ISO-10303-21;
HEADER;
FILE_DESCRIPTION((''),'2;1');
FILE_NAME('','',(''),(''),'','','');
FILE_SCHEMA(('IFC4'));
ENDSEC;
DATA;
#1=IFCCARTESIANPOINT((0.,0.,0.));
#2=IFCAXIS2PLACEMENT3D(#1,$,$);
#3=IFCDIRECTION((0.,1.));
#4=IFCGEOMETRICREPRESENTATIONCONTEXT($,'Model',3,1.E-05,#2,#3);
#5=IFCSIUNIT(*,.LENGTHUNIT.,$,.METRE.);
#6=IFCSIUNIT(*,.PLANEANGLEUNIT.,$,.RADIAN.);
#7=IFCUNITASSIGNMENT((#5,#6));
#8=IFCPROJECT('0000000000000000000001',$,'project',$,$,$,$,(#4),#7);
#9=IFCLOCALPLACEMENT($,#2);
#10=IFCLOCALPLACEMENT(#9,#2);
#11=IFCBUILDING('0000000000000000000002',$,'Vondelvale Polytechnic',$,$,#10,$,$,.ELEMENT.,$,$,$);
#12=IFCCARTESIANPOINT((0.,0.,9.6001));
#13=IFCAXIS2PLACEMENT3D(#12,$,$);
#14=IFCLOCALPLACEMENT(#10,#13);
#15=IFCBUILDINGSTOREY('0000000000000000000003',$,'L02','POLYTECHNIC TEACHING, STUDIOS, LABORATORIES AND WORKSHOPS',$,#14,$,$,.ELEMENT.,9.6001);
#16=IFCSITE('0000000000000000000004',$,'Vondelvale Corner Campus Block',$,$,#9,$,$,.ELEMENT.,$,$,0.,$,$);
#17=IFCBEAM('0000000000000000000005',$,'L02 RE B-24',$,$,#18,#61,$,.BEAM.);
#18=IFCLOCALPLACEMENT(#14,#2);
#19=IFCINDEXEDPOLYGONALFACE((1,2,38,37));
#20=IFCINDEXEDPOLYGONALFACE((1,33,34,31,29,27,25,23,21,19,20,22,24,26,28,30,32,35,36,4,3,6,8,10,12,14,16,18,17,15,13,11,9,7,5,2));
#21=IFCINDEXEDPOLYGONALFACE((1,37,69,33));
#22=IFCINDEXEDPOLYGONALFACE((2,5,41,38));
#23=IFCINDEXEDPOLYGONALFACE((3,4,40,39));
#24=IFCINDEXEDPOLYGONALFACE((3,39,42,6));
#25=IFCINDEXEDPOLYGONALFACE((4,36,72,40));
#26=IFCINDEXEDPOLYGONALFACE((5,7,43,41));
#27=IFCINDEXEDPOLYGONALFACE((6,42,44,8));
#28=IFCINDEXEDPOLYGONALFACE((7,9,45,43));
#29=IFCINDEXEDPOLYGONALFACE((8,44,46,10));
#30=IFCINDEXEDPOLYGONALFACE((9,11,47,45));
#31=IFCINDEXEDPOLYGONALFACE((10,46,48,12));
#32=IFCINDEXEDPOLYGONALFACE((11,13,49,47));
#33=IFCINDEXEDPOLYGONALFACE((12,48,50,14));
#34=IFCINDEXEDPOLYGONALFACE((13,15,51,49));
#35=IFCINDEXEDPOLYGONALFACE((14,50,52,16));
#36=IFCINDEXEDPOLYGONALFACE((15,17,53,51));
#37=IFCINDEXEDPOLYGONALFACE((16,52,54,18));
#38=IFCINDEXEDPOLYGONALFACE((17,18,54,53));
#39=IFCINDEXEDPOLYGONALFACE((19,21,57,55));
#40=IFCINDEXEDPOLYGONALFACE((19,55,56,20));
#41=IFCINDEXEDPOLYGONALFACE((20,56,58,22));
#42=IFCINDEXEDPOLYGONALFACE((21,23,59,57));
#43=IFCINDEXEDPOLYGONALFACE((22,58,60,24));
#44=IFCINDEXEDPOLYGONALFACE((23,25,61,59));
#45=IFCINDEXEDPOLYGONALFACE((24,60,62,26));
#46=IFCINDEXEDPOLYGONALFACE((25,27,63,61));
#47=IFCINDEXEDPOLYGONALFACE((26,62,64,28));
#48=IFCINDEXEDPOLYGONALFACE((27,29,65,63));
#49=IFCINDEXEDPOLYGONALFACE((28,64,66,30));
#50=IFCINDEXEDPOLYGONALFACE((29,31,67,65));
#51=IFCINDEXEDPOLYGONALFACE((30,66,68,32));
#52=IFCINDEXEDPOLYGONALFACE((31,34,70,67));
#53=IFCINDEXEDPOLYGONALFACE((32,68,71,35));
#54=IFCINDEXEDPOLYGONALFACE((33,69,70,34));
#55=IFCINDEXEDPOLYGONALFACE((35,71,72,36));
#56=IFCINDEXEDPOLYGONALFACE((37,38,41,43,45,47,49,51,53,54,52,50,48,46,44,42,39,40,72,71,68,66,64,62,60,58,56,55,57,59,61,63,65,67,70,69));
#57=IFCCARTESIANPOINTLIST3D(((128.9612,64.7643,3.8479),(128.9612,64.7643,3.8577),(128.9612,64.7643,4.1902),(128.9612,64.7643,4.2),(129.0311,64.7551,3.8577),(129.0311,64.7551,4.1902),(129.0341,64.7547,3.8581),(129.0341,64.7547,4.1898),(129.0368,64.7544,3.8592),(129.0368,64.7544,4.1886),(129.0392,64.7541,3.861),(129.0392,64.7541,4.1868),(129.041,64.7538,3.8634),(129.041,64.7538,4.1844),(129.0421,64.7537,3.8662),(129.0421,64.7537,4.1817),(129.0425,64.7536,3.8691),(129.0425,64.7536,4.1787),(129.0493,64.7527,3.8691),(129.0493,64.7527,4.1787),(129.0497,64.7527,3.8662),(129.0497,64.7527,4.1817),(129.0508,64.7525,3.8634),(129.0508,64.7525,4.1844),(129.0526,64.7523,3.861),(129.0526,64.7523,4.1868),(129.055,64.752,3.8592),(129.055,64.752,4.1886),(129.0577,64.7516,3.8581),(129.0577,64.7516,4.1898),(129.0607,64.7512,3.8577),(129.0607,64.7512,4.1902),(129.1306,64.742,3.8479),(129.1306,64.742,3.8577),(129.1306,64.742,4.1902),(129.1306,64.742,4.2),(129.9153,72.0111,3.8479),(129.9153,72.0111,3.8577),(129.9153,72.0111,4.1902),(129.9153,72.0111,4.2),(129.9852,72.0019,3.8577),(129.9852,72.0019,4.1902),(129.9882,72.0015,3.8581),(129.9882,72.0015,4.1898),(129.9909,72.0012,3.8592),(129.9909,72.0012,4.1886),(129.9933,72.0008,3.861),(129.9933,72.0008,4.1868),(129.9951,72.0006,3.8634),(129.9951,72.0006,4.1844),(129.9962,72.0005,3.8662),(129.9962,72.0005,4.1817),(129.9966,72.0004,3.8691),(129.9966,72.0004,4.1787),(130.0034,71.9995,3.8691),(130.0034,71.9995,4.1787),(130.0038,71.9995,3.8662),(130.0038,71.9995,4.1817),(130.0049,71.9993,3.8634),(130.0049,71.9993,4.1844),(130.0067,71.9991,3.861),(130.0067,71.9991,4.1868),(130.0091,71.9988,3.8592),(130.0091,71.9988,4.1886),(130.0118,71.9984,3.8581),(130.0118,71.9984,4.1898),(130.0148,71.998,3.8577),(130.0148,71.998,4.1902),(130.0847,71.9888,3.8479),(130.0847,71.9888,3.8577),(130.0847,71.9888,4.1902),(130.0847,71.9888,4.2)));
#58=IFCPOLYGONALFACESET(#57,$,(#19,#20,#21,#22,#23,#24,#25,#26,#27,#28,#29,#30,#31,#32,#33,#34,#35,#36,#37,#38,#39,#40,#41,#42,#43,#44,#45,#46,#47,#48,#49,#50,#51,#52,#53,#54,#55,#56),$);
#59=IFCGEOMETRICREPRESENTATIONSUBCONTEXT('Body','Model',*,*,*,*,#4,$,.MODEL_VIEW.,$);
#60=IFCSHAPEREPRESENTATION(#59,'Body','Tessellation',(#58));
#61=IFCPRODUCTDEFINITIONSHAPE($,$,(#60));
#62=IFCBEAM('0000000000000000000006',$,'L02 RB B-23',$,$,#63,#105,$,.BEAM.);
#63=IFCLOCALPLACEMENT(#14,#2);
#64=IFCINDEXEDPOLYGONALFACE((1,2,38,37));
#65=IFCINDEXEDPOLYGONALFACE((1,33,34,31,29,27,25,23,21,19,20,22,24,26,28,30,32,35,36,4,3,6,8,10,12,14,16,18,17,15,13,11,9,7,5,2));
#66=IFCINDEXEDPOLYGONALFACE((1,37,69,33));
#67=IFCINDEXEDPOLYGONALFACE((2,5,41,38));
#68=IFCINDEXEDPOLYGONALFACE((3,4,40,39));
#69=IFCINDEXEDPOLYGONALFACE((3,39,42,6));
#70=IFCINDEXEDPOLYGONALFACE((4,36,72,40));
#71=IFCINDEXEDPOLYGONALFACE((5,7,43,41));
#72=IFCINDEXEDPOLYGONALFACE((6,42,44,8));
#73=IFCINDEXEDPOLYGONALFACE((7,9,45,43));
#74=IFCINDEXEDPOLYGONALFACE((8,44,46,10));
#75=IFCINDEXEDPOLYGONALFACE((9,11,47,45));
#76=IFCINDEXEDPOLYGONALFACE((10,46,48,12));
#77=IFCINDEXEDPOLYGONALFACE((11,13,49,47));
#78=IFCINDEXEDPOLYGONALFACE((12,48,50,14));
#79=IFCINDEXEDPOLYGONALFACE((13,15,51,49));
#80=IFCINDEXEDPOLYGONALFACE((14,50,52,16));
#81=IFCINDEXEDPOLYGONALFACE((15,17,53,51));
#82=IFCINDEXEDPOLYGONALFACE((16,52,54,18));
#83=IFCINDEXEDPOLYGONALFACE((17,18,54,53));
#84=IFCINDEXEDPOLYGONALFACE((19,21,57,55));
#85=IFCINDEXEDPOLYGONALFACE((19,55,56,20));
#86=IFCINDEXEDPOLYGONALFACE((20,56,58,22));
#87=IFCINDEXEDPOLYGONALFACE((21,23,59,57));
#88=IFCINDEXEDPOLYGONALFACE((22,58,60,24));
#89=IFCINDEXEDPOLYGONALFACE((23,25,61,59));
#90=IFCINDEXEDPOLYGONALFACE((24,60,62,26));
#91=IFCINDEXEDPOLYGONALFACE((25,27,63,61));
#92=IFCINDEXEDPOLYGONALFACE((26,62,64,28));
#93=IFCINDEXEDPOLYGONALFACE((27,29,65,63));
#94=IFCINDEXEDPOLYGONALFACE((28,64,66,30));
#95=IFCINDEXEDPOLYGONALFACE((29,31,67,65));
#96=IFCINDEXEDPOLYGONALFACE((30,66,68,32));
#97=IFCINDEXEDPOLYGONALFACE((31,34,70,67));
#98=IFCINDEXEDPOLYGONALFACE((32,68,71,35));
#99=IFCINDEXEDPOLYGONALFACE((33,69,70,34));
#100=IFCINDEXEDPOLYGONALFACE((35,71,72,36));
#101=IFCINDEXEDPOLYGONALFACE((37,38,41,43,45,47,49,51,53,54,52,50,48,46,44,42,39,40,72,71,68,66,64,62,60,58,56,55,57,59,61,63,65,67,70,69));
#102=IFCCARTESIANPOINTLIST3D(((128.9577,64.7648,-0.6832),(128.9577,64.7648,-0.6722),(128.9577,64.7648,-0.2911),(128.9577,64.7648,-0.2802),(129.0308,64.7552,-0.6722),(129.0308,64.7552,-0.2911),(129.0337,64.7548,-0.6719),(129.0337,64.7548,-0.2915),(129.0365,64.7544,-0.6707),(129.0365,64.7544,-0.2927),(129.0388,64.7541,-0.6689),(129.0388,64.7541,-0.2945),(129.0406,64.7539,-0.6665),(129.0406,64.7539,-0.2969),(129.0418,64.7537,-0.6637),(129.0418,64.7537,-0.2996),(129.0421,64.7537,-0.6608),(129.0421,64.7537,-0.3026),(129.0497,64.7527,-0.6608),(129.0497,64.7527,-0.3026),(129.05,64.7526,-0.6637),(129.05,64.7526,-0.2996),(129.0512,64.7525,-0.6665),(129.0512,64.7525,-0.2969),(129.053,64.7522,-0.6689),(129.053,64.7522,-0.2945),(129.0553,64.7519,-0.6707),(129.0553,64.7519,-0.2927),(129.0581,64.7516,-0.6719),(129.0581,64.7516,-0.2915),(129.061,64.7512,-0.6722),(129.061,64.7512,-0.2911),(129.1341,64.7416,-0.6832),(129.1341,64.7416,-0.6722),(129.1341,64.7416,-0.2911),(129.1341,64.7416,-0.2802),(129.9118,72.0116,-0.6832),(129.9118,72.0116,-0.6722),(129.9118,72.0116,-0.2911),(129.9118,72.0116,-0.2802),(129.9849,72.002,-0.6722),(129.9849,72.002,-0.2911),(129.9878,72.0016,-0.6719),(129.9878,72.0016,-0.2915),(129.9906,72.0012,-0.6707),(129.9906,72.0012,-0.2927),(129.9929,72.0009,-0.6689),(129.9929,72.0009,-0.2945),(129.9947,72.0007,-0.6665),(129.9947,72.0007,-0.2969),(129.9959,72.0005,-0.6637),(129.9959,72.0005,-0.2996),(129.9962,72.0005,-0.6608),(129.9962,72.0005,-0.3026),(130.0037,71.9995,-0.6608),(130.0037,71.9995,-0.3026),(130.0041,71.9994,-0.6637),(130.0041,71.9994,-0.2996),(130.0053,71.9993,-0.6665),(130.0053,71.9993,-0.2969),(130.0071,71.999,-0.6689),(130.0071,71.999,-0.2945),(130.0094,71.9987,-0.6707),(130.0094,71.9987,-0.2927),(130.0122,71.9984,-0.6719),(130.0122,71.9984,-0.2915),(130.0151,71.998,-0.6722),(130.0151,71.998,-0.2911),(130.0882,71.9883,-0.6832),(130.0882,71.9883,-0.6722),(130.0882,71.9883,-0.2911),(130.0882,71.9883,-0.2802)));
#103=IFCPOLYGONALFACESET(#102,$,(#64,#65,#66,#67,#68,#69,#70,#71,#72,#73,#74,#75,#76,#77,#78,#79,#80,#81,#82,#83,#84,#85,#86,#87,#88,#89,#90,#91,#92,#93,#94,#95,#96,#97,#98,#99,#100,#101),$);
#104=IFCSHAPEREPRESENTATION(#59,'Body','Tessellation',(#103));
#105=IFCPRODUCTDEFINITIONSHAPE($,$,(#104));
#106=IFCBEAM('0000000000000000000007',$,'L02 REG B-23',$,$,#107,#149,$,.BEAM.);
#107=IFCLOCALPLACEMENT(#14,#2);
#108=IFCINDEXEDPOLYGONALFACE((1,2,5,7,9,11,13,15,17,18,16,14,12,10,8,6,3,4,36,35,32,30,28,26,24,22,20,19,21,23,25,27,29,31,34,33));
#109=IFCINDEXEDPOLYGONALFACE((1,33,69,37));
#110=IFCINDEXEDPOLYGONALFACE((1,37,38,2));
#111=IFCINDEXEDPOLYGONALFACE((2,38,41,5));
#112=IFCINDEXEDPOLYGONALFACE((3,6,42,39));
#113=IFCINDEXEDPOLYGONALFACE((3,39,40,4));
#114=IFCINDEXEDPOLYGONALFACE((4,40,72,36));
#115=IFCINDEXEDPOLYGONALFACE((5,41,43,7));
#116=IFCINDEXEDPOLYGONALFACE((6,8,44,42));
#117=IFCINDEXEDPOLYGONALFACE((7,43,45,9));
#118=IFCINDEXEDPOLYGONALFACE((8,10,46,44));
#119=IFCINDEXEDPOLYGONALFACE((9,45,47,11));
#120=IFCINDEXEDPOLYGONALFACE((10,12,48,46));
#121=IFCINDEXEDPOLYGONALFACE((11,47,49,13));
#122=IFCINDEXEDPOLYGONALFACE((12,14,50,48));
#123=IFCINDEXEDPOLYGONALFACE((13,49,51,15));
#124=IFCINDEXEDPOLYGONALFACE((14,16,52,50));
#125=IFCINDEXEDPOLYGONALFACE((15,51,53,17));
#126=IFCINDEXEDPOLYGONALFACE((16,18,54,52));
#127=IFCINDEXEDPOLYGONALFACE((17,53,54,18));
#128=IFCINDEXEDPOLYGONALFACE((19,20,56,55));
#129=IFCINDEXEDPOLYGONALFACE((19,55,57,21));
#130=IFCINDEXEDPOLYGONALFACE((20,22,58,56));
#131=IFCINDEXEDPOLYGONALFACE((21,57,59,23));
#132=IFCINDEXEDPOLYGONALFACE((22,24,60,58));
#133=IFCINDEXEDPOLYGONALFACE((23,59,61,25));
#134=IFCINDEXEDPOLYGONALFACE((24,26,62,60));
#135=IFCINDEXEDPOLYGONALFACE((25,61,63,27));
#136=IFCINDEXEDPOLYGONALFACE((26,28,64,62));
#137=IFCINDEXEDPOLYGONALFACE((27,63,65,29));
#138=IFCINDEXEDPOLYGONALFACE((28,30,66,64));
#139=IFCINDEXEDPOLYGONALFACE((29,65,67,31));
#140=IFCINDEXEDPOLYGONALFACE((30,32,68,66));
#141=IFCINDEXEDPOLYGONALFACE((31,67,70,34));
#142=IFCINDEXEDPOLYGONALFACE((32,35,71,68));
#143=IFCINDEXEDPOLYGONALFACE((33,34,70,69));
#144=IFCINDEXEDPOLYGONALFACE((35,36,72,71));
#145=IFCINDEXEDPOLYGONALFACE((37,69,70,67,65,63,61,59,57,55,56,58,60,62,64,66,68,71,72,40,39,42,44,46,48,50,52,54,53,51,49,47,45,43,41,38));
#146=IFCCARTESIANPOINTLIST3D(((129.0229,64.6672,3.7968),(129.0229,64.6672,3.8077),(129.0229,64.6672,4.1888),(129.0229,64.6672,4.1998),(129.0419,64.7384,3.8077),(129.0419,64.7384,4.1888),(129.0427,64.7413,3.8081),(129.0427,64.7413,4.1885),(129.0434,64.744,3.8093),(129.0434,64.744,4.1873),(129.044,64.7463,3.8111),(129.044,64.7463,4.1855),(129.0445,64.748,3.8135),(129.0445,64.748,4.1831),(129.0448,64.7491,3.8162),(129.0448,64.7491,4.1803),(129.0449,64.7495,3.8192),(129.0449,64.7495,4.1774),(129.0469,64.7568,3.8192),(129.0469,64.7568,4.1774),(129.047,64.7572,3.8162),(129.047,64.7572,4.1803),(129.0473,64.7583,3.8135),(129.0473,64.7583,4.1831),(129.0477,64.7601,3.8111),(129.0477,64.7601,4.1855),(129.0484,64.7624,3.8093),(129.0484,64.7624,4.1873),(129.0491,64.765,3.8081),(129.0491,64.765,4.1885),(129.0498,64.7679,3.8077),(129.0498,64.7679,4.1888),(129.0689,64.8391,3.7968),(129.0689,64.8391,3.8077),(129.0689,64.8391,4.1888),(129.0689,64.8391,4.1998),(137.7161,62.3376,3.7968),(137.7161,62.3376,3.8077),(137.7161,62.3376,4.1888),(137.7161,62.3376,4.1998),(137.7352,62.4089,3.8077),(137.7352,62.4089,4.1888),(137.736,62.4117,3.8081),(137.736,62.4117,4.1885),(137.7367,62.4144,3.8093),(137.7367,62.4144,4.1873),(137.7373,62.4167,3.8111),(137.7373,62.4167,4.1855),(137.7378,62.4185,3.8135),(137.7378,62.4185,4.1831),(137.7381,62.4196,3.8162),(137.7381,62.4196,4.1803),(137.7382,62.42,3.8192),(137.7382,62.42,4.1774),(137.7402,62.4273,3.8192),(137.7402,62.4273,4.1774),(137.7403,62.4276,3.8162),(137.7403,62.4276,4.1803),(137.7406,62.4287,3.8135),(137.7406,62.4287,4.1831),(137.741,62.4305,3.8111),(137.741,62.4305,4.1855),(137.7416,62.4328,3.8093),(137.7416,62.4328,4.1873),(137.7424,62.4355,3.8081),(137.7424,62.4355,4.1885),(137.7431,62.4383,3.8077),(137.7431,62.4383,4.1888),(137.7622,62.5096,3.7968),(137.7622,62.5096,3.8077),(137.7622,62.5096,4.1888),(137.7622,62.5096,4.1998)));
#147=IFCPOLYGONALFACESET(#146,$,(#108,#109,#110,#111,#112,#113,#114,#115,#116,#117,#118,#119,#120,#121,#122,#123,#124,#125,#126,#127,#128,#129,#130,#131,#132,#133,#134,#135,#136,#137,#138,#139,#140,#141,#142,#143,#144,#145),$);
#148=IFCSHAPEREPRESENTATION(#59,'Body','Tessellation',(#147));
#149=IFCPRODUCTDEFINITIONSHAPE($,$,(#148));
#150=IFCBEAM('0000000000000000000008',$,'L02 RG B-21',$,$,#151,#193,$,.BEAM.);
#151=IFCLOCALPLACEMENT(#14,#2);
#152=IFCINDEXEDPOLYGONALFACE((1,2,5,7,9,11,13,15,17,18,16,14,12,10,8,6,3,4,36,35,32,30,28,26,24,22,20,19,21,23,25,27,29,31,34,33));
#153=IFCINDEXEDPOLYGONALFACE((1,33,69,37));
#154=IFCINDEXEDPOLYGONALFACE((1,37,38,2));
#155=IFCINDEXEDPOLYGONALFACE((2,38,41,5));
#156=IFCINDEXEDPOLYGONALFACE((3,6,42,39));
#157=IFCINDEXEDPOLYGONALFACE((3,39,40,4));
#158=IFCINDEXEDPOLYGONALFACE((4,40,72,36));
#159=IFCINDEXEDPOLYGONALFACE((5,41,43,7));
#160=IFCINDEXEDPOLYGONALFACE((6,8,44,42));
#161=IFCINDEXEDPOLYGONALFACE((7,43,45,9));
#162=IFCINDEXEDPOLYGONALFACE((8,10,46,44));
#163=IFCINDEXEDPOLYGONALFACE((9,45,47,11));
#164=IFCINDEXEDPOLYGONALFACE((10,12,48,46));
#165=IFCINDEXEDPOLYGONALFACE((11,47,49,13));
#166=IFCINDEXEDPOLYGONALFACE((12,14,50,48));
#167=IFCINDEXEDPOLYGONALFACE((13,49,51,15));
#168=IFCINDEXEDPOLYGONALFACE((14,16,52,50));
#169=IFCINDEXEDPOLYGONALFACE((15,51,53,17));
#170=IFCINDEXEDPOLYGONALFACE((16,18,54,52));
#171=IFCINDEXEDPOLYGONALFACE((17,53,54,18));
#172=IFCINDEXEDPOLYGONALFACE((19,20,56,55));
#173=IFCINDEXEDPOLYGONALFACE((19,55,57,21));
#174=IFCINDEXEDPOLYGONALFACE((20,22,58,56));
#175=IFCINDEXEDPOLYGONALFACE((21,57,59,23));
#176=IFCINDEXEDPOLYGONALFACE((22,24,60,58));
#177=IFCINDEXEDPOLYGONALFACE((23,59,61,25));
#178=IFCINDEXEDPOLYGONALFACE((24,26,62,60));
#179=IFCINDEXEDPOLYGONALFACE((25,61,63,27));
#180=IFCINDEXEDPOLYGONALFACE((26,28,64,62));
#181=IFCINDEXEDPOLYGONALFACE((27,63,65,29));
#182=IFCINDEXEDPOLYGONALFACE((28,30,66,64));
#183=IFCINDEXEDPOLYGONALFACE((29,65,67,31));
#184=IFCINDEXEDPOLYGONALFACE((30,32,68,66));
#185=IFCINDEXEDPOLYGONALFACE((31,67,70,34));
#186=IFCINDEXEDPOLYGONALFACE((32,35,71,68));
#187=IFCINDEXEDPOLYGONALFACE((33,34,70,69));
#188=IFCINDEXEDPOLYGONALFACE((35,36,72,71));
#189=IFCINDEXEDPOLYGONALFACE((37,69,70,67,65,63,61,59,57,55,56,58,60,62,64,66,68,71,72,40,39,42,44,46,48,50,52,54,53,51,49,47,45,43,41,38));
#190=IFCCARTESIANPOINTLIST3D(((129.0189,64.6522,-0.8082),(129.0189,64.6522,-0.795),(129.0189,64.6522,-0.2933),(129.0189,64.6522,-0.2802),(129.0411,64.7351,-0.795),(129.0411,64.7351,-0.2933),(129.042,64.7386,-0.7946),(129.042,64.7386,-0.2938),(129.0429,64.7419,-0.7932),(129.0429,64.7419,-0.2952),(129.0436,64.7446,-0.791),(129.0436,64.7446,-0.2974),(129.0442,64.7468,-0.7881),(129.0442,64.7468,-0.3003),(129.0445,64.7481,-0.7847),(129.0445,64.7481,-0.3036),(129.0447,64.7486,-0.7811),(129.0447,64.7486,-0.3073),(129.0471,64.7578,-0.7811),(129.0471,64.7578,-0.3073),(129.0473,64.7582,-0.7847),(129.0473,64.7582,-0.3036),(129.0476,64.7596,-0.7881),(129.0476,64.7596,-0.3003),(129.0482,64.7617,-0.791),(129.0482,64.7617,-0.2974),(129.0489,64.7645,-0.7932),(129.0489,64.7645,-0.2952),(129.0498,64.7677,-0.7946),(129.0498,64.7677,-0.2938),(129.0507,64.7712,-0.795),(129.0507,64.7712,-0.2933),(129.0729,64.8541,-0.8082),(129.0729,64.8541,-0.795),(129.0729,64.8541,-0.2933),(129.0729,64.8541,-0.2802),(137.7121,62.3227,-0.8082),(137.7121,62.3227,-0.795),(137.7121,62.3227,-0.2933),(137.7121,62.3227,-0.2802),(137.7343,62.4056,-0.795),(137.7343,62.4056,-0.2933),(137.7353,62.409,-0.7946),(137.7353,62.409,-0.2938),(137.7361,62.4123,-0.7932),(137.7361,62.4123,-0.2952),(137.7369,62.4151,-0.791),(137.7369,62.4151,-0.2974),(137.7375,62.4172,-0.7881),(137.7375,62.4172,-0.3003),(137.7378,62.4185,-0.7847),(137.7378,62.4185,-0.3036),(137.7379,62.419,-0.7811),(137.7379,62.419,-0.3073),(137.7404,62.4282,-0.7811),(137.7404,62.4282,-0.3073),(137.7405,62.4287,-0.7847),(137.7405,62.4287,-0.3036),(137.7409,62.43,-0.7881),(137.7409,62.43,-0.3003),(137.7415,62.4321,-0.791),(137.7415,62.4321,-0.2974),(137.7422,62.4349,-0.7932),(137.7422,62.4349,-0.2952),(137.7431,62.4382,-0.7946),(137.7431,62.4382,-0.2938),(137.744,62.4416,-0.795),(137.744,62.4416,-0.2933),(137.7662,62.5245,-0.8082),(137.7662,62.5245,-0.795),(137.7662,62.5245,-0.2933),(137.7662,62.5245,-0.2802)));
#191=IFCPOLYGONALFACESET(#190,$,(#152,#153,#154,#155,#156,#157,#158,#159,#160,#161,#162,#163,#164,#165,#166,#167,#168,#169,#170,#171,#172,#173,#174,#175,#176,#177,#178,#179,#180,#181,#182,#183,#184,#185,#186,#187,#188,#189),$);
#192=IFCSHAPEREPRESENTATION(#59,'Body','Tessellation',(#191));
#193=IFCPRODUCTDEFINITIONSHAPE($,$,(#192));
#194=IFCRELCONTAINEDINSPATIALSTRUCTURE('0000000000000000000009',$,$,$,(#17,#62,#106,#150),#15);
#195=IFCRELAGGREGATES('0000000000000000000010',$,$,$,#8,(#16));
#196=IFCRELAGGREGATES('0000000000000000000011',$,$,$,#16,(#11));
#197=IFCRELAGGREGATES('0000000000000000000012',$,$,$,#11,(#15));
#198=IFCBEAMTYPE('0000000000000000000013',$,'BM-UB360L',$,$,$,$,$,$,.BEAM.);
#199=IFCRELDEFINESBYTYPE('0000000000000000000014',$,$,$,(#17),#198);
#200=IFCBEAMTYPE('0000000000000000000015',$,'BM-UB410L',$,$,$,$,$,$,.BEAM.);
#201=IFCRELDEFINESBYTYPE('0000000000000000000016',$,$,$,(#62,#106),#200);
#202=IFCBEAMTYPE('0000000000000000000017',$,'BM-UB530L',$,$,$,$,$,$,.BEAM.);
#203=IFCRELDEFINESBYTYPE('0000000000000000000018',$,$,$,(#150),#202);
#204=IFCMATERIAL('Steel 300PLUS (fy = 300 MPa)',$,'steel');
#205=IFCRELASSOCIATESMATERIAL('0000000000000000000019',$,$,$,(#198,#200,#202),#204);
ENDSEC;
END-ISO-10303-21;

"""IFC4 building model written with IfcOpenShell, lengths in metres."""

from ifc_helpers import new_model, si_unit, direction, frame, origin, origin_2d, place, context, subcontext, project, spatial, i_section, extrude, material, material_profile, profile_set, type_object, element, save


model = new_model("IFC4")

# Units and contexts
model_context = context("Model", 3, precision=1e-05, world=origin(), true_north=direction((0.0, 1.0)))
body_context = subcontext(model_context, "Body", "Model", "MODEL_VIEW")
ifc_project = project(units=[si_unit("LENGTHUNIT", "METRE"), si_unit("PLANEANGLEUNIT", "RADIAN")], contexts=[model_context])

# Site, building, storey
site_placement = place(None, origin())
site = spatial("IfcSite", under=ifc_project, at=site_placement, Name="Vondelvale Corner Campus Block", CompositionType="ELEMENT", RefElevation=0.0)
building_placement = place(site_placement, origin())
building = spatial("IfcBuilding", under=site, at=building_placement, Name="Vondelvale Polytechnic", CompositionType="ELEMENT")
storey_placement = place(building_placement, frame((0.0, 0.0, 9.6001)))
storey = spatial("IfcBuildingStorey", under=building, at=storey_placement, Name="L02", Description="POLYTECHNIC TEACHING, STUDIOS, LABORATORIES AND WORKSHOPS", CompositionType="ELEMENT", Elevation=9.6001)

# Beams
ifc_material_1 = material(Name="Steel 300PLUS (fy = 300 MPa)", Category="steel")
ifc_material_profile_1 = material_profile(ifc_material_1, i_section(OverallWidth=0.1709, OverallDepth=0.3521, WebThickness=0.0068, FlangeThickness=0.0098, FilletRadius=0.0115, at=origin_2d()), Name="360UB44.7")
ifc_profile_set_1 = profile_set([ifc_material_profile_1], Name="Steel 300PLUS (fy = 300 MPa)")
beam_type_1 = type_object("IfcBeamType", Name="BM-UB360L", PredefinedType="BEAM", material=ifc_profile_set_1)
beam_1_placement = place(storey_placement, frame((129.0459, 64.7532, 4.0239), z_axis=(0.130531, 0.991444, 0.0), x_axis=(-0.991444, 0.130531, 0.0)))
element("IfcBeam", 1, at=beam_1_placement, inside=storey, type_object=beam_type_1, Name="L02 RE B-24", PredefinedType="BEAM", context=body_context, shape_type="SweptSolid", body=[
    extrude(i_section(OverallWidth=0.1709, OverallDepth=0.3521, WebThickness=0.0068, FlangeThickness=0.0098, FilletRadius=0.0115, at=origin_2d()), origin(), (0.0, 0.0, 1.0), 7.3093),
])
ifc_material_profile_2 = material_profile(ifc_material_1, i_section(OverallWidth=0.178, OverallDepth=0.4031, WebThickness=0.0076, FlangeThickness=0.011, FilletRadius=0.0115, at=origin_2d()), Name="410UB53.7")
ifc_profile_set_2 = profile_set([ifc_material_profile_2], Name="Steel 300PLUS (fy = 300 MPa)")
beam_type_2 = type_object("IfcBeamType", Name="BM-UB410L", PredefinedType="BEAM", material=ifc_profile_set_2)
beam_2_placement = place(storey_placement, frame((129.0459, 64.7532, -0.4817), z_axis=(0.130531, 0.991444, 0.0), x_axis=(-0.991444, 0.130531, 0.0)))
element("IfcBeam", 2, at=beam_2_placement, inside=storey, type_object=beam_type_2, Name="L02 RB B-23", PredefinedType="BEAM", context=body_context, shape_type="SweptSolid", body=[
    extrude(i_section(OverallWidth=0.178, OverallDepth=0.4031, WebThickness=0.0076, FlangeThickness=0.011, FilletRadius=0.0115, at=origin_2d()), origin(), (0.0, 0.0, 1.0), 7.3093),
])
beam_3_placement = place(storey_placement, frame((129.0459, 64.7532, 3.9983), z_axis=(0.96592, -0.258841, 0.0), x_axis=(0.258841, 0.96592, 0.0)))
element("IfcBeam", 3, at=beam_3_placement, inside=storey, type_object=beam_type_2, Name="L02 REG B-23", PredefinedType="BEAM", context=body_context, shape_type="SweptSolid", body=[
    extrude(i_section(OverallWidth=0.178, OverallDepth=0.4031, WebThickness=0.0076, FlangeThickness=0.011, FilletRadius=0.0115, at=origin_2d()), origin(), (0.0, 0.0, 1.0), 9.0),
])
ifc_material_profile_3 = material_profile(ifc_material_1, i_section(OverallWidth=0.209, OverallDepth=0.5281, WebThickness=0.0095, FlangeThickness=0.0132, FilletRadius=0.0139, at=origin_2d()), Name="530UB82.0")
ifc_profile_set_3 = profile_set([ifc_material_profile_3], Name="Steel 300PLUS (fy = 300 MPa)")
beam_type_3 = type_object("IfcBeamType", Name="BM-UB530L", PredefinedType="BEAM", material=ifc_profile_set_3)
beam_4_placement = place(storey_placement, frame((129.0459, 64.7532, -0.5442), z_axis=(0.96592, -0.258841, 0.0), x_axis=(0.258841, 0.96592, 0.0)))
element("IfcBeam", 4, at=beam_4_placement, inside=storey, type_object=beam_type_3, Name="L02 RG B-21", PredefinedType="BEAM", context=body_context, shape_type="SweptSolid", body=[
    extrude(i_section(OverallWidth=0.209, OverallDepth=0.5281, WebThickness=0.0095, FlangeThickness=0.0132, FilletRadius=0.0139, at=origin_2d()), origin(), (0.0, 0.0, 1.0), 9.0),
])

save(model, "model.ifc")
